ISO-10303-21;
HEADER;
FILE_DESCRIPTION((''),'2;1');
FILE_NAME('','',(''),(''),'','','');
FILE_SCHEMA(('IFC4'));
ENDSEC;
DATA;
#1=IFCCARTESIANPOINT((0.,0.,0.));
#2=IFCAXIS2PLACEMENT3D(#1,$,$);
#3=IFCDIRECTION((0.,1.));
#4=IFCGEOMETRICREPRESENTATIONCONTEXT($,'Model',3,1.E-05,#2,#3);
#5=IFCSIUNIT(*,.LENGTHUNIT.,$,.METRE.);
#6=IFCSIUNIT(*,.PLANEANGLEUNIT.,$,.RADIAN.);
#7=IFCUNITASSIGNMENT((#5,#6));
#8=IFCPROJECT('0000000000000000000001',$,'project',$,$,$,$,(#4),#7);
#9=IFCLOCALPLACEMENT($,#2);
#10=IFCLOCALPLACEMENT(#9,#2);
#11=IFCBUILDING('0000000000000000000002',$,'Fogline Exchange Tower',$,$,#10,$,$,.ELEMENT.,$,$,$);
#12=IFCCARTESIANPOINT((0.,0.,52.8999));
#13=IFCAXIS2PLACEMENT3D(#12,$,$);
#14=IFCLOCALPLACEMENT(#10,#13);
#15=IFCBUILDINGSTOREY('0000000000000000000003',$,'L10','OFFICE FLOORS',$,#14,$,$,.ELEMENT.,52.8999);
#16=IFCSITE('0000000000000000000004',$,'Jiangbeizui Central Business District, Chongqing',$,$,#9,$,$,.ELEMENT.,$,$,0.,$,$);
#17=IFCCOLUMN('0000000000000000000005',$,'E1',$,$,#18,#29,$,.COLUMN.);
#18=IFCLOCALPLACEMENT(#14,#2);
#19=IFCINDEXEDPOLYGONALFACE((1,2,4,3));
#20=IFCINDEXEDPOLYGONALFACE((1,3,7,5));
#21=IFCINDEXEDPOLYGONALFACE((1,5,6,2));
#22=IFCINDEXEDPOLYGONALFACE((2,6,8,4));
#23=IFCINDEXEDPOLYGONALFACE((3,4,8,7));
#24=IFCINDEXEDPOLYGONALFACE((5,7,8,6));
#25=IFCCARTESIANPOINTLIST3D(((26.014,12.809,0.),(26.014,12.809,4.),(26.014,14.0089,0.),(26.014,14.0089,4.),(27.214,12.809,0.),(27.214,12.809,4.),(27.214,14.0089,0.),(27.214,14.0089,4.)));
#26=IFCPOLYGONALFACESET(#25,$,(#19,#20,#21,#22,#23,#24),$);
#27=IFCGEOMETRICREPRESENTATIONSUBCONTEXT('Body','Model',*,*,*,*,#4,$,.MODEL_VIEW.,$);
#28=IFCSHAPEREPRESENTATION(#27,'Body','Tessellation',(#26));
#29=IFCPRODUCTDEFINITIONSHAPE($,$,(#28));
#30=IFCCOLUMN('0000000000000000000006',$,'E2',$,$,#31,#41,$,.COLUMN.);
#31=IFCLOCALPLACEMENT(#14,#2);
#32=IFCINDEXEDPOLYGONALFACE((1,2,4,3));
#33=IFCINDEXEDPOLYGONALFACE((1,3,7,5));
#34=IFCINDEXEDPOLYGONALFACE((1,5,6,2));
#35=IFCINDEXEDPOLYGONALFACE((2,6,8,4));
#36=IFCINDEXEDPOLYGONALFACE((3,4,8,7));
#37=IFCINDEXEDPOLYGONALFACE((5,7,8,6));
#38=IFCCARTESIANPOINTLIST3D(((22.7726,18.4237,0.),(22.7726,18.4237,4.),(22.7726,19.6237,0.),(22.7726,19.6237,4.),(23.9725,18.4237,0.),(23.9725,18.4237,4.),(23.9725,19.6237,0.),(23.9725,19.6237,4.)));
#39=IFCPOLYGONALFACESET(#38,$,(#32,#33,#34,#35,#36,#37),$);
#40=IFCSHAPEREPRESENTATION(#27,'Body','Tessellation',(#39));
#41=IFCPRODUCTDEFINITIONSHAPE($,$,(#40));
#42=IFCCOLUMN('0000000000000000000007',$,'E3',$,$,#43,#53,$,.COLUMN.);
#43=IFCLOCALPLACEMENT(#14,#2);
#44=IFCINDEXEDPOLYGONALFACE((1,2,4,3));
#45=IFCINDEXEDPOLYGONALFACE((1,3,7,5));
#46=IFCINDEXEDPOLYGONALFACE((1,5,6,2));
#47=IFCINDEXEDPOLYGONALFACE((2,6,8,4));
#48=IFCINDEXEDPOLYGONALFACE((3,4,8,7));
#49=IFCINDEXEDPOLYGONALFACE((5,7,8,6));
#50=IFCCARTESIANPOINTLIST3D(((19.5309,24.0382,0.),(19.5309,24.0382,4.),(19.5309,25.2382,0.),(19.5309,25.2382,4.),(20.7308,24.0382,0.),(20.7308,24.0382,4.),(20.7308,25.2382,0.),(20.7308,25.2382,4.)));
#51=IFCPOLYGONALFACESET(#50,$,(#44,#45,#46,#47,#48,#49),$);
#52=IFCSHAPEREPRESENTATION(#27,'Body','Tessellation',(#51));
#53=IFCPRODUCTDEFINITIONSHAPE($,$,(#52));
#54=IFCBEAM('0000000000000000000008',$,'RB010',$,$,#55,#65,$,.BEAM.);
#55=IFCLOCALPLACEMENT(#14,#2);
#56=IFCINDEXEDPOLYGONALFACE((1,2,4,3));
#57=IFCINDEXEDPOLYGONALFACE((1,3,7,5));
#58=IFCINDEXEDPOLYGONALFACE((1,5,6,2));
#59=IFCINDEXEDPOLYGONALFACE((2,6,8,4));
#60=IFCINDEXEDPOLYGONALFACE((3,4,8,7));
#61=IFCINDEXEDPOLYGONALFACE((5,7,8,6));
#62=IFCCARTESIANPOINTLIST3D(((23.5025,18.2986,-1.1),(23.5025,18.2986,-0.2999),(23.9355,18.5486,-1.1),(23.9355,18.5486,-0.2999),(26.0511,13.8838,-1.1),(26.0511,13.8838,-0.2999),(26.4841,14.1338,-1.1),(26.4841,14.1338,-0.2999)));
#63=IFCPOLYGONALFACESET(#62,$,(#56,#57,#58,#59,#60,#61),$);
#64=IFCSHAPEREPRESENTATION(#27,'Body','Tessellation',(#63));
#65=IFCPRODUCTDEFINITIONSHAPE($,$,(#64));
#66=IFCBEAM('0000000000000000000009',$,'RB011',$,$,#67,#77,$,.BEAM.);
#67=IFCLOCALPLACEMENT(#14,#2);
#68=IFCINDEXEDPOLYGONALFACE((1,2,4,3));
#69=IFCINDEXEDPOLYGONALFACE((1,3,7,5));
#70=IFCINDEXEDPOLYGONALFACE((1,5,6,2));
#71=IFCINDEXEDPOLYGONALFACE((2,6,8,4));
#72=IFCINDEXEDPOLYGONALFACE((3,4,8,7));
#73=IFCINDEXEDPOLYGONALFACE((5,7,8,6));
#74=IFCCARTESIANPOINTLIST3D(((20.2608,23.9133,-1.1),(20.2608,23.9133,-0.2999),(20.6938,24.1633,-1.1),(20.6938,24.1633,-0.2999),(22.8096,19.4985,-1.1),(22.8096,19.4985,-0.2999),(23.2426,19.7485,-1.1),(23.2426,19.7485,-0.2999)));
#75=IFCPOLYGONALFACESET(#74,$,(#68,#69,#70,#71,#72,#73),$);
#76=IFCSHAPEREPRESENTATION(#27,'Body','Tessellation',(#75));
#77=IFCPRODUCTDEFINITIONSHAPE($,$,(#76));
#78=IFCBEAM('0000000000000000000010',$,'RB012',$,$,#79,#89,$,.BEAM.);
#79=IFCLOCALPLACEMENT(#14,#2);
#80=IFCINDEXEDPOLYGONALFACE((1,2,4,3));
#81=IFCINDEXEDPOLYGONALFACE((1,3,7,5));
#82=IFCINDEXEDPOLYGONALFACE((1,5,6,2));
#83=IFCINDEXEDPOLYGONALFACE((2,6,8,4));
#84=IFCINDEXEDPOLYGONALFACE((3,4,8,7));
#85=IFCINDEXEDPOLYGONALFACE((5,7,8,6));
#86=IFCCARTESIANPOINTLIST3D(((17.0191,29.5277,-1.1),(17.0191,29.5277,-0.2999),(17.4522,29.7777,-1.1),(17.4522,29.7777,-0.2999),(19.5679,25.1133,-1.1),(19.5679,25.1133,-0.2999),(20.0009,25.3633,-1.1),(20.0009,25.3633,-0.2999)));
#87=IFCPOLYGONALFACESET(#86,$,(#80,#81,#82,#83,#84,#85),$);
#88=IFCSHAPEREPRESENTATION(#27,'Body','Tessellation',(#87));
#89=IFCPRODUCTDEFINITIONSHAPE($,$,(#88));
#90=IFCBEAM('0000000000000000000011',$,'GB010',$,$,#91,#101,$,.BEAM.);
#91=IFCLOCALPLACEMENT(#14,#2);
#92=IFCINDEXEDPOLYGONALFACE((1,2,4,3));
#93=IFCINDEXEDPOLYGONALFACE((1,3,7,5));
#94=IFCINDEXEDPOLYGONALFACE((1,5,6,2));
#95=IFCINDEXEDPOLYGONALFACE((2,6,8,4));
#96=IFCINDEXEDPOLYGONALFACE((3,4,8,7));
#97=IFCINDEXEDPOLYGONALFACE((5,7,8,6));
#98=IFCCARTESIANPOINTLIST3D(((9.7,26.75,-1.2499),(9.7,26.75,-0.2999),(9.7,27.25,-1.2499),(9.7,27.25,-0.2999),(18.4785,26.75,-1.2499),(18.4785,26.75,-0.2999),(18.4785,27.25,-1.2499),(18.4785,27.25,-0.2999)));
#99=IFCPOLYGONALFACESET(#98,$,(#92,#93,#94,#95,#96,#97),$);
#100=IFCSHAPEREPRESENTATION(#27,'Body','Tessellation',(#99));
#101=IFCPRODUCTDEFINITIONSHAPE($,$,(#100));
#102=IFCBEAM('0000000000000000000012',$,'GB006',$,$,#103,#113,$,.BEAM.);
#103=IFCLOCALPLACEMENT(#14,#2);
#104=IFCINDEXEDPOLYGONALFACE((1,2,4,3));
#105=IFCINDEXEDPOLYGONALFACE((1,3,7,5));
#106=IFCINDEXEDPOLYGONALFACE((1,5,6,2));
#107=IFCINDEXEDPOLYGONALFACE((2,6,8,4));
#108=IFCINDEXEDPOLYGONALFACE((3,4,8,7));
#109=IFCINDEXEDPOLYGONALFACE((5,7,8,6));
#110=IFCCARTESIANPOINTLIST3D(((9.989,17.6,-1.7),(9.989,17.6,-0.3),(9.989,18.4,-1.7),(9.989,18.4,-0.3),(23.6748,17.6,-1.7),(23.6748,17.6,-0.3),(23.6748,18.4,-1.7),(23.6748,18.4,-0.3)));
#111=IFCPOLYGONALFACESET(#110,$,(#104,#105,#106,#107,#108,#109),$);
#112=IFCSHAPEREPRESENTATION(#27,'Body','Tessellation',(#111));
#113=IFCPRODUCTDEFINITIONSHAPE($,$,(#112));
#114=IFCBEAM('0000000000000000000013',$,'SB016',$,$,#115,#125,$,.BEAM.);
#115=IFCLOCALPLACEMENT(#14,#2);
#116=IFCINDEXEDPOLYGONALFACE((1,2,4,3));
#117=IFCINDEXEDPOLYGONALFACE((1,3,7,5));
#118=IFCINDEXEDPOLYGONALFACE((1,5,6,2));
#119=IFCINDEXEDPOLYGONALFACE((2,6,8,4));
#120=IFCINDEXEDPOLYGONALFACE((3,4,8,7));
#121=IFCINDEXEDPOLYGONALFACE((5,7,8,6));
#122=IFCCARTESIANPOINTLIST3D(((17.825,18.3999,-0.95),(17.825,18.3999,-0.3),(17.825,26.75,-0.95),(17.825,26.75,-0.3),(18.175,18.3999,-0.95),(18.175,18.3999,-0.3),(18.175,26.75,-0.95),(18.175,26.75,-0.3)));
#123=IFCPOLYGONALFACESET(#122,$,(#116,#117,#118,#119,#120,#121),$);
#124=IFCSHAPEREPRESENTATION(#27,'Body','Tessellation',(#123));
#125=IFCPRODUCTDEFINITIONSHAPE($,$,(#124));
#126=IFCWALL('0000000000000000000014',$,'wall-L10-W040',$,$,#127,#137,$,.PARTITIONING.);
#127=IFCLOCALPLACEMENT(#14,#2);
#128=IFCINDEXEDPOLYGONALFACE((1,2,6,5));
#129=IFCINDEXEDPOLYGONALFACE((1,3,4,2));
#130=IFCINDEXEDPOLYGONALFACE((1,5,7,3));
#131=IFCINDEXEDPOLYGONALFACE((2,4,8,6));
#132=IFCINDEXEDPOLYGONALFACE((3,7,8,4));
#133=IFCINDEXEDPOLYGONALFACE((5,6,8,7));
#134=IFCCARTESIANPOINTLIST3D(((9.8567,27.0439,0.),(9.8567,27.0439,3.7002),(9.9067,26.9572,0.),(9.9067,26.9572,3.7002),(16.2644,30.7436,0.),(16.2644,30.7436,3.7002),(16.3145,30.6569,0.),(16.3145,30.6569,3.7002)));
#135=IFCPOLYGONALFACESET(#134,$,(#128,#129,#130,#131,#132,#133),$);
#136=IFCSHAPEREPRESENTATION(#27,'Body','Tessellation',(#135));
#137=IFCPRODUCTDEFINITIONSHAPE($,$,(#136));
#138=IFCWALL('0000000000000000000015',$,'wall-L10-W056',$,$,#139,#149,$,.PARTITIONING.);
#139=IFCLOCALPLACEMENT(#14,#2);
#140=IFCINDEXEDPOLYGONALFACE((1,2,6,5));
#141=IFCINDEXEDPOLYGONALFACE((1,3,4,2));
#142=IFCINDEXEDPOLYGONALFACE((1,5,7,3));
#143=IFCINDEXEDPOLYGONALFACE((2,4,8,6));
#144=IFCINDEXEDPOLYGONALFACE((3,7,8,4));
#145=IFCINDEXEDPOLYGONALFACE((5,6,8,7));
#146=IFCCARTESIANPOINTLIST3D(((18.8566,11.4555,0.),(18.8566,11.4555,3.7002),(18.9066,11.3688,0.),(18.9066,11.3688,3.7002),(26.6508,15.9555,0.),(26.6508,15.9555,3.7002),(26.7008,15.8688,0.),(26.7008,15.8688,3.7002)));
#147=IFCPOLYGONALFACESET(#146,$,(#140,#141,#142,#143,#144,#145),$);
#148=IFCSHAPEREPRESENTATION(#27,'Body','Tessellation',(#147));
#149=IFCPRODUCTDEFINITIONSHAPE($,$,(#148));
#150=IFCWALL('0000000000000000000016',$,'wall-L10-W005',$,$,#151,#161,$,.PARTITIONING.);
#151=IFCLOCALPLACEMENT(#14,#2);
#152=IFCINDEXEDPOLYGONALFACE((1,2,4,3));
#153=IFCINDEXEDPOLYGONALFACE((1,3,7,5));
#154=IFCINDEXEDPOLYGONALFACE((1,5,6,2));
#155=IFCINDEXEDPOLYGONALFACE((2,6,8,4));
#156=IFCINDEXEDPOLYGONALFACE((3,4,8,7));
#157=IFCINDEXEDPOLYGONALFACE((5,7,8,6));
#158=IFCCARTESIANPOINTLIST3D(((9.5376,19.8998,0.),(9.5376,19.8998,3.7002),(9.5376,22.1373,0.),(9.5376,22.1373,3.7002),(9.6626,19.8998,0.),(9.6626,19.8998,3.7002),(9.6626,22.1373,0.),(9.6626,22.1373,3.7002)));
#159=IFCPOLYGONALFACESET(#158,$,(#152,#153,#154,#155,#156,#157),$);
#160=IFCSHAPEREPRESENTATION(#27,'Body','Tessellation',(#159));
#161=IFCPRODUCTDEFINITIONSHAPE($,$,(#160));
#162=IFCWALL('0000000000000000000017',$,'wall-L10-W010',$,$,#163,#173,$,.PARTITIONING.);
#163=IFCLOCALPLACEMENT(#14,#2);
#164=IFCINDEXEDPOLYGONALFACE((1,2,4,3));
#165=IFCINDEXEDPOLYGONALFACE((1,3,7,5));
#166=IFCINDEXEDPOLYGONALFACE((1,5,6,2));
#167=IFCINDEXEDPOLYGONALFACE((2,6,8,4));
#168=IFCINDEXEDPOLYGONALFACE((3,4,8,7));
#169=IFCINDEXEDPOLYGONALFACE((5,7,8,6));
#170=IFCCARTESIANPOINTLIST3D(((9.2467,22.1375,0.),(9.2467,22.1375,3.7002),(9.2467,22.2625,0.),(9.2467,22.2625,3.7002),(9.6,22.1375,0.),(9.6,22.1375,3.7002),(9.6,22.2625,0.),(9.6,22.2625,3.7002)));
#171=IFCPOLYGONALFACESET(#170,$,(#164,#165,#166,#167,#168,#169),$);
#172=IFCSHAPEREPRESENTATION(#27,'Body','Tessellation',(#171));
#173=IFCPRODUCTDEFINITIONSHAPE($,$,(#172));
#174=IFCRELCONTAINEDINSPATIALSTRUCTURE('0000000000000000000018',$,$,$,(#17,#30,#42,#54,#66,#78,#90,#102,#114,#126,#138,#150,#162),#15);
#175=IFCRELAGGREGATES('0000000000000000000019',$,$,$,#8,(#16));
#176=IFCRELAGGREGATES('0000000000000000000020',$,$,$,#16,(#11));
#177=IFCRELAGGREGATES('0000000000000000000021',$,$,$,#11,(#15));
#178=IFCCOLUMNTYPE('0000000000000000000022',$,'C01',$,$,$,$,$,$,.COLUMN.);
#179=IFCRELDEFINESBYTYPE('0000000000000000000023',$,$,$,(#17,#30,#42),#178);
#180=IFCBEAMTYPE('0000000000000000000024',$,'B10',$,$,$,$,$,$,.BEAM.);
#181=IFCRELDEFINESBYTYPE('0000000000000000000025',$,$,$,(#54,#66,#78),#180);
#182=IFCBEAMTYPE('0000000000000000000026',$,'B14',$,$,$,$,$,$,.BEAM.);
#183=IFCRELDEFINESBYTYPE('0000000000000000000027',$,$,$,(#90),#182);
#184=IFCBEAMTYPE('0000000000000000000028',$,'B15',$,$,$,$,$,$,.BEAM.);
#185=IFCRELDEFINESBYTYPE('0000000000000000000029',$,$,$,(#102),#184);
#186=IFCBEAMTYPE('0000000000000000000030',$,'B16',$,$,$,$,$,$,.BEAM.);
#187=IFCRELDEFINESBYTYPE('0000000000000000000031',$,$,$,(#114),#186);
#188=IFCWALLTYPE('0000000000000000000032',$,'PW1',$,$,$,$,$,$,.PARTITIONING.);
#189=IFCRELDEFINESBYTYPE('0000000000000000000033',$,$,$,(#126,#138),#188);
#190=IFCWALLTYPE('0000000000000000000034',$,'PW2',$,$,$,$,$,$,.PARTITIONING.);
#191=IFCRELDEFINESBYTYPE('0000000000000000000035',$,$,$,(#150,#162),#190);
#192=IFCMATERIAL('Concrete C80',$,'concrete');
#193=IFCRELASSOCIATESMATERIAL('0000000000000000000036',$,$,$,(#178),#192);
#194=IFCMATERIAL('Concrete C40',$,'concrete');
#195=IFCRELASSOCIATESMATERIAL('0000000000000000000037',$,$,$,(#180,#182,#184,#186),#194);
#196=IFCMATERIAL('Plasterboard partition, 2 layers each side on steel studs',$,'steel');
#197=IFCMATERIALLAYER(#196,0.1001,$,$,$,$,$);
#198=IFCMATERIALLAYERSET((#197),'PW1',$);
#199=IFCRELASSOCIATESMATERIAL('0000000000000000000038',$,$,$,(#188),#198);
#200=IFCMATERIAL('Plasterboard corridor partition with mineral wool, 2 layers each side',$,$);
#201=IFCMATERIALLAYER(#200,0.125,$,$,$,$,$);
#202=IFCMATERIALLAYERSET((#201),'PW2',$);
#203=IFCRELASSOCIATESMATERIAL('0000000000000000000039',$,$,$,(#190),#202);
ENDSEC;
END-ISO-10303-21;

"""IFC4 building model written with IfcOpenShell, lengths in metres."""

from ifc_helpers import new_model, si_unit, direction, frame, frame_2d, origin, origin_2d, place, context, subcontext, project, spatial, rectangle, extrude, material, layer, layer_set, material_profile, profile_set, type_object, element, save


model = new_model("IFC4")

# Units and contexts
model_context = context("Model", 3, precision=1e-05, world=origin(), true_north=direction((0.0, 1.0)))
body_context = subcontext(model_context, "Body", "Model", "MODEL_VIEW")
ifc_project = project(units=[si_unit("LENGTHUNIT", "METRE"), si_unit("PLANEANGLEUNIT", "RADIAN")], contexts=[model_context])

# Site, building, storey
site_placement = place(None, origin())
site = spatial("IfcSite", under=ifc_project, at=site_placement, Name="Jiangbeizui Central Business District, Chongqing", CompositionType="ELEMENT", RefElevation=0.0)
building_placement = place(site_placement, origin())
building = spatial("IfcBuilding", under=site, at=building_placement, Name="Fogline Exchange Tower", CompositionType="ELEMENT")
storey_placement = place(building_placement, frame((0.0, 0.0, 52.8999)))
storey = spatial("IfcBuildingStorey", under=building, at=storey_placement, Name="L10", Description="OFFICE FLOORS", CompositionType="ELEMENT", Elevation=52.8999)

# Columns
ifc_material_1 = material(Name="Concrete C80", Category="concrete")
ifc_material_profile_1 = material_profile(ifc_material_1, rectangle(XDim=1.2, YDim=1.2, at=origin_2d()), Name="RC 1200x1200")
ifc_profile_set_1 = profile_set([ifc_material_profile_1], Name="Concrete C80")
column_type = type_object("IfcColumnType", Name="C01", PredefinedType="COLUMN", material=ifc_profile_set_1)
for number, where, z_axis, x_axis, name in (
    (1, (26.614, 13.4089, 0.0), (0.0, 0.0, 1.0), (1.0, 0.0, 0.0), "E1"),
    (2, (23.3726, 19.0237, 0.0), (0.0, 0.0, 1.0), (1.0, 0.0, 0.0), "E2"),
    (3, (20.1309, 24.6382, 0.0), (0.0, 0.0, 1.0), (1.0, 0.0, 0.0), "E3"),
):
    element("IfcColumn", number, at=place(storey_placement, frame(where, z_axis=z_axis, x_axis=x_axis)), inside=storey, type_object=column_type, Name=name, PredefinedType="COLUMN", context=body_context, shape_type="SweptSolid", body=[
        extrude(rectangle(XDim=1.2, YDim=1.2, at=origin_2d()), origin(), (0.0, 0.0, 1.0), 4.0),
    ])

# Beams
ifc_material_2 = material(Name="Concrete C40", Category="concrete")
ifc_material_profile_2 = material_profile(ifc_material_2, rectangle(XDim=0.5, YDim=0.8, at=origin_2d()), Name="RC 500x800")
ifc_profile_set_2 = profile_set([ifc_material_profile_2], Name="Concrete C40")
beam_type_1 = type_object("IfcBeamType", Name="B10", PredefinedType="BEAM", material=ifc_profile_set_2)
for number, where, z_axis, x_axis, name in (
    (4, (26.2676, 14.0088, -0.7), (-0.499956, 0.866051, 0.0), (-0.866051, -0.499956, 0.0), "RB010"),
    (5, (23.0261, 19.6235, -0.7), (-0.499992, 0.86603, 0.0), (-0.86603, -0.499992, 0.0), "RB011"),
):
    element("IfcBeam", number, at=place(storey_placement, frame(where, z_axis=z_axis, x_axis=x_axis)), inside=storey, type_object=beam_type_1, Name=name, PredefinedType="BEAM", context=body_context, shape_type="SweptSolid", body=[
        extrude(rectangle(XDim=0.5, YDim=0.8, at=origin_2d()), origin(), (0.0, 0.0, 1.0), 5.0977),
    ])
beam_1_placement = place(storey_placement, frame((19.7844, 25.2383, -0.7), z_axis=(-0.500013, 0.866018, 0.0), x_axis=(-0.866018, -0.500013, 0.0)))
element("IfcBeam", 6, at=beam_1_placement, inside=storey, type_object=beam_type_1, Name="RB012", PredefinedType="BEAM", context=body_context, shape_type="SweptSolid", body=[
    extrude(rectangle(XDim=0.5, YDim=0.8, at=origin_2d()), origin(), (0.0, 0.0, 1.0), 5.0974),
])
ifc_material_profile_3 = material_profile(ifc_material_2, rectangle(XDim=0.5, YDim=0.95, at=origin_2d()), Name="RC 500x950")
ifc_profile_set_3 = profile_set([ifc_material_profile_3], Name="Concrete C40")
beam_type_2 = type_object("IfcBeamType", Name="B14", PredefinedType="BEAM", material=ifc_profile_set_3)
beam_2_placement = place(storey_placement, frame((9.7, 27.0, -0.7749), z_axis=(1.0, 0.0, 0.0), x_axis=(0.0, 1.0, 0.0)))
element("IfcBeam", 7, at=beam_2_placement, inside=storey, type_object=beam_type_2, Name="GB010", PredefinedType="BEAM", context=body_context, shape_type="SweptSolid", body=[
    extrude(rectangle(XDim=0.5, YDim=0.95, at=origin_2d()), origin(), (0.0, 0.0, 1.0), 8.7786),
])
ifc_material_profile_4 = material_profile(ifc_material_2, rectangle(XDim=0.8, YDim=1.3999, at=origin_2d()), Name="RC 800x1400")
ifc_profile_set_4 = profile_set([ifc_material_profile_4], Name="Concrete C40")
beam_type_3 = type_object("IfcBeamType", Name="B15", PredefinedType="BEAM", material=ifc_profile_set_4)
beam_3_placement = place(storey_placement, frame((9.989, 18.0, -1.0), z_axis=(1.0, 0.0, 0.0), x_axis=(0.0, 1.0, 0.0)))
element("IfcBeam", 8, at=beam_3_placement, inside=storey, type_object=beam_type_3, Name="GB006", PredefinedType="BEAM", context=body_context, shape_type="SweptSolid", body=[
    extrude(rectangle(XDim=0.8, YDim=1.3999, at=origin_2d()), origin(), (0.0, 0.0, 1.0), 13.6858),
])
ifc_material_profile_5 = material_profile(ifc_material_2, rectangle(XDim=0.3501, YDim=0.6499, at=origin_2d()), Name="RC 350x650")
ifc_profile_set_5 = profile_set([ifc_material_profile_5], Name="Concrete C40")
beam_type_4 = type_object("IfcBeamType", Name="B16", PredefinedType="BEAM", material=ifc_profile_set_5)
beam_4_placement = place(storey_placement, frame((18.0, 18.3999, -0.625), z_axis=(0.0, 1.0, 0.0), x_axis=(-1.0, 0.0, 0.0)))
element("IfcBeam", 9, at=beam_4_placement, inside=storey, type_object=beam_type_4, Name="SB016", PredefinedType="BEAM", context=body_context, shape_type="SweptSolid", body=[
    extrude(rectangle(XDim=0.3501, YDim=0.6499, at=origin_2d()), origin(), (0.0, 0.0, 1.0), 8.3501),
])

# Walls
ifc_material_3 = material(Name="Plasterboard partition, 2 layers each side on steel studs", Category="steel")
ifc_layer_1 = layer(ifc_material_3, 0.1001)
ifc_layer_set_1 = layer_set([ifc_layer_1], Name="PW1")
wall_type_1 = type_object("IfcWallType", Name="PW1", PredefinedType="PARTITIONING", material=ifc_layer_set_1)
wall_1_placement = place(storey_placement, frame((9.8816, 27.0005, 0.0), z_axis=(0.0, 0.0, 1.0), x_axis=(0.866013, 0.500021, 0.0)))
element("IfcWall", 10, at=wall_1_placement, inside=storey, type_object=wall_type_1, Name="wall-L10-W040", PredefinedType="PARTITIONING", context=body_context, shape_type="SweptSolid", body=[
    extrude(rectangle(XDim=7.3992, YDim=0.1001, at=frame_2d((3.6997, 0.0))), origin(), (0.0, 0.0, 1.0), 3.7002),
])
wall_2_placement = place(storey_placement, frame((18.8816, 11.4121, 0.0), z_axis=(0.0, 0.0, 1.0), x_axis=(0.866024, 0.500002, 0.0)))
element("IfcWall", 11, at=wall_2_placement, inside=storey, type_object=wall_type_1, Name="wall-L10-W056", PredefinedType="PARTITIONING", context=body_context, shape_type="SweptSolid", body=[
    extrude(rectangle(XDim=9.0, YDim=0.1001, at=frame_2d((4.5, 0.0))), origin(), (0.0, 0.0, 1.0), 3.7002),
])
ifc_material_4 = material(Name="Plasterboard corridor partition with mineral wool, 2 layers each side")
ifc_layer_2 = layer(ifc_material_4, 0.125)
ifc_layer_set_2 = layer_set([ifc_layer_2], Name="PW2")
wall_type_2 = type_object("IfcWallType", Name="PW2", PredefinedType="PARTITIONING", material=ifc_layer_set_2)
wall_3_placement = place(storey_placement, frame((9.6001, 19.8999, 0.0), z_axis=(0.0, 0.0, 1.0), x_axis=(0.0, 1.0, 0.0)))
element("IfcWall", 12, at=wall_3_placement, inside=storey, type_object=wall_type_2, Name="wall-L10-W005", PredefinedType="PARTITIONING", context=body_context, shape_type="SweptSolid", body=[
    extrude(rectangle(XDim=2.2375, YDim=0.125, at=frame_2d((1.1187, 0.0))), origin(), (0.0, 0.0, 1.0), 3.7002),
])
wall_4_placement = place(storey_placement, frame((9.6001, 22.2, 0.0), z_axis=(0.0, 0.0, 1.0), x_axis=(-1.0, 0.0, 0.0)))
element("IfcWall", 13, at=wall_4_placement, inside=storey, type_object=wall_type_2, Name="wall-L10-W010", PredefinedType="PARTITIONING", context=body_context, shape_type="SweptSolid", body=[
    extrude(rectangle(XDim=0.3533, YDim=0.125, at=frame_2d((0.1768, 0.0))), origin(), (0.0, 0.0, 1.0), 3.7002),
])

save(model, "model.ifc")
